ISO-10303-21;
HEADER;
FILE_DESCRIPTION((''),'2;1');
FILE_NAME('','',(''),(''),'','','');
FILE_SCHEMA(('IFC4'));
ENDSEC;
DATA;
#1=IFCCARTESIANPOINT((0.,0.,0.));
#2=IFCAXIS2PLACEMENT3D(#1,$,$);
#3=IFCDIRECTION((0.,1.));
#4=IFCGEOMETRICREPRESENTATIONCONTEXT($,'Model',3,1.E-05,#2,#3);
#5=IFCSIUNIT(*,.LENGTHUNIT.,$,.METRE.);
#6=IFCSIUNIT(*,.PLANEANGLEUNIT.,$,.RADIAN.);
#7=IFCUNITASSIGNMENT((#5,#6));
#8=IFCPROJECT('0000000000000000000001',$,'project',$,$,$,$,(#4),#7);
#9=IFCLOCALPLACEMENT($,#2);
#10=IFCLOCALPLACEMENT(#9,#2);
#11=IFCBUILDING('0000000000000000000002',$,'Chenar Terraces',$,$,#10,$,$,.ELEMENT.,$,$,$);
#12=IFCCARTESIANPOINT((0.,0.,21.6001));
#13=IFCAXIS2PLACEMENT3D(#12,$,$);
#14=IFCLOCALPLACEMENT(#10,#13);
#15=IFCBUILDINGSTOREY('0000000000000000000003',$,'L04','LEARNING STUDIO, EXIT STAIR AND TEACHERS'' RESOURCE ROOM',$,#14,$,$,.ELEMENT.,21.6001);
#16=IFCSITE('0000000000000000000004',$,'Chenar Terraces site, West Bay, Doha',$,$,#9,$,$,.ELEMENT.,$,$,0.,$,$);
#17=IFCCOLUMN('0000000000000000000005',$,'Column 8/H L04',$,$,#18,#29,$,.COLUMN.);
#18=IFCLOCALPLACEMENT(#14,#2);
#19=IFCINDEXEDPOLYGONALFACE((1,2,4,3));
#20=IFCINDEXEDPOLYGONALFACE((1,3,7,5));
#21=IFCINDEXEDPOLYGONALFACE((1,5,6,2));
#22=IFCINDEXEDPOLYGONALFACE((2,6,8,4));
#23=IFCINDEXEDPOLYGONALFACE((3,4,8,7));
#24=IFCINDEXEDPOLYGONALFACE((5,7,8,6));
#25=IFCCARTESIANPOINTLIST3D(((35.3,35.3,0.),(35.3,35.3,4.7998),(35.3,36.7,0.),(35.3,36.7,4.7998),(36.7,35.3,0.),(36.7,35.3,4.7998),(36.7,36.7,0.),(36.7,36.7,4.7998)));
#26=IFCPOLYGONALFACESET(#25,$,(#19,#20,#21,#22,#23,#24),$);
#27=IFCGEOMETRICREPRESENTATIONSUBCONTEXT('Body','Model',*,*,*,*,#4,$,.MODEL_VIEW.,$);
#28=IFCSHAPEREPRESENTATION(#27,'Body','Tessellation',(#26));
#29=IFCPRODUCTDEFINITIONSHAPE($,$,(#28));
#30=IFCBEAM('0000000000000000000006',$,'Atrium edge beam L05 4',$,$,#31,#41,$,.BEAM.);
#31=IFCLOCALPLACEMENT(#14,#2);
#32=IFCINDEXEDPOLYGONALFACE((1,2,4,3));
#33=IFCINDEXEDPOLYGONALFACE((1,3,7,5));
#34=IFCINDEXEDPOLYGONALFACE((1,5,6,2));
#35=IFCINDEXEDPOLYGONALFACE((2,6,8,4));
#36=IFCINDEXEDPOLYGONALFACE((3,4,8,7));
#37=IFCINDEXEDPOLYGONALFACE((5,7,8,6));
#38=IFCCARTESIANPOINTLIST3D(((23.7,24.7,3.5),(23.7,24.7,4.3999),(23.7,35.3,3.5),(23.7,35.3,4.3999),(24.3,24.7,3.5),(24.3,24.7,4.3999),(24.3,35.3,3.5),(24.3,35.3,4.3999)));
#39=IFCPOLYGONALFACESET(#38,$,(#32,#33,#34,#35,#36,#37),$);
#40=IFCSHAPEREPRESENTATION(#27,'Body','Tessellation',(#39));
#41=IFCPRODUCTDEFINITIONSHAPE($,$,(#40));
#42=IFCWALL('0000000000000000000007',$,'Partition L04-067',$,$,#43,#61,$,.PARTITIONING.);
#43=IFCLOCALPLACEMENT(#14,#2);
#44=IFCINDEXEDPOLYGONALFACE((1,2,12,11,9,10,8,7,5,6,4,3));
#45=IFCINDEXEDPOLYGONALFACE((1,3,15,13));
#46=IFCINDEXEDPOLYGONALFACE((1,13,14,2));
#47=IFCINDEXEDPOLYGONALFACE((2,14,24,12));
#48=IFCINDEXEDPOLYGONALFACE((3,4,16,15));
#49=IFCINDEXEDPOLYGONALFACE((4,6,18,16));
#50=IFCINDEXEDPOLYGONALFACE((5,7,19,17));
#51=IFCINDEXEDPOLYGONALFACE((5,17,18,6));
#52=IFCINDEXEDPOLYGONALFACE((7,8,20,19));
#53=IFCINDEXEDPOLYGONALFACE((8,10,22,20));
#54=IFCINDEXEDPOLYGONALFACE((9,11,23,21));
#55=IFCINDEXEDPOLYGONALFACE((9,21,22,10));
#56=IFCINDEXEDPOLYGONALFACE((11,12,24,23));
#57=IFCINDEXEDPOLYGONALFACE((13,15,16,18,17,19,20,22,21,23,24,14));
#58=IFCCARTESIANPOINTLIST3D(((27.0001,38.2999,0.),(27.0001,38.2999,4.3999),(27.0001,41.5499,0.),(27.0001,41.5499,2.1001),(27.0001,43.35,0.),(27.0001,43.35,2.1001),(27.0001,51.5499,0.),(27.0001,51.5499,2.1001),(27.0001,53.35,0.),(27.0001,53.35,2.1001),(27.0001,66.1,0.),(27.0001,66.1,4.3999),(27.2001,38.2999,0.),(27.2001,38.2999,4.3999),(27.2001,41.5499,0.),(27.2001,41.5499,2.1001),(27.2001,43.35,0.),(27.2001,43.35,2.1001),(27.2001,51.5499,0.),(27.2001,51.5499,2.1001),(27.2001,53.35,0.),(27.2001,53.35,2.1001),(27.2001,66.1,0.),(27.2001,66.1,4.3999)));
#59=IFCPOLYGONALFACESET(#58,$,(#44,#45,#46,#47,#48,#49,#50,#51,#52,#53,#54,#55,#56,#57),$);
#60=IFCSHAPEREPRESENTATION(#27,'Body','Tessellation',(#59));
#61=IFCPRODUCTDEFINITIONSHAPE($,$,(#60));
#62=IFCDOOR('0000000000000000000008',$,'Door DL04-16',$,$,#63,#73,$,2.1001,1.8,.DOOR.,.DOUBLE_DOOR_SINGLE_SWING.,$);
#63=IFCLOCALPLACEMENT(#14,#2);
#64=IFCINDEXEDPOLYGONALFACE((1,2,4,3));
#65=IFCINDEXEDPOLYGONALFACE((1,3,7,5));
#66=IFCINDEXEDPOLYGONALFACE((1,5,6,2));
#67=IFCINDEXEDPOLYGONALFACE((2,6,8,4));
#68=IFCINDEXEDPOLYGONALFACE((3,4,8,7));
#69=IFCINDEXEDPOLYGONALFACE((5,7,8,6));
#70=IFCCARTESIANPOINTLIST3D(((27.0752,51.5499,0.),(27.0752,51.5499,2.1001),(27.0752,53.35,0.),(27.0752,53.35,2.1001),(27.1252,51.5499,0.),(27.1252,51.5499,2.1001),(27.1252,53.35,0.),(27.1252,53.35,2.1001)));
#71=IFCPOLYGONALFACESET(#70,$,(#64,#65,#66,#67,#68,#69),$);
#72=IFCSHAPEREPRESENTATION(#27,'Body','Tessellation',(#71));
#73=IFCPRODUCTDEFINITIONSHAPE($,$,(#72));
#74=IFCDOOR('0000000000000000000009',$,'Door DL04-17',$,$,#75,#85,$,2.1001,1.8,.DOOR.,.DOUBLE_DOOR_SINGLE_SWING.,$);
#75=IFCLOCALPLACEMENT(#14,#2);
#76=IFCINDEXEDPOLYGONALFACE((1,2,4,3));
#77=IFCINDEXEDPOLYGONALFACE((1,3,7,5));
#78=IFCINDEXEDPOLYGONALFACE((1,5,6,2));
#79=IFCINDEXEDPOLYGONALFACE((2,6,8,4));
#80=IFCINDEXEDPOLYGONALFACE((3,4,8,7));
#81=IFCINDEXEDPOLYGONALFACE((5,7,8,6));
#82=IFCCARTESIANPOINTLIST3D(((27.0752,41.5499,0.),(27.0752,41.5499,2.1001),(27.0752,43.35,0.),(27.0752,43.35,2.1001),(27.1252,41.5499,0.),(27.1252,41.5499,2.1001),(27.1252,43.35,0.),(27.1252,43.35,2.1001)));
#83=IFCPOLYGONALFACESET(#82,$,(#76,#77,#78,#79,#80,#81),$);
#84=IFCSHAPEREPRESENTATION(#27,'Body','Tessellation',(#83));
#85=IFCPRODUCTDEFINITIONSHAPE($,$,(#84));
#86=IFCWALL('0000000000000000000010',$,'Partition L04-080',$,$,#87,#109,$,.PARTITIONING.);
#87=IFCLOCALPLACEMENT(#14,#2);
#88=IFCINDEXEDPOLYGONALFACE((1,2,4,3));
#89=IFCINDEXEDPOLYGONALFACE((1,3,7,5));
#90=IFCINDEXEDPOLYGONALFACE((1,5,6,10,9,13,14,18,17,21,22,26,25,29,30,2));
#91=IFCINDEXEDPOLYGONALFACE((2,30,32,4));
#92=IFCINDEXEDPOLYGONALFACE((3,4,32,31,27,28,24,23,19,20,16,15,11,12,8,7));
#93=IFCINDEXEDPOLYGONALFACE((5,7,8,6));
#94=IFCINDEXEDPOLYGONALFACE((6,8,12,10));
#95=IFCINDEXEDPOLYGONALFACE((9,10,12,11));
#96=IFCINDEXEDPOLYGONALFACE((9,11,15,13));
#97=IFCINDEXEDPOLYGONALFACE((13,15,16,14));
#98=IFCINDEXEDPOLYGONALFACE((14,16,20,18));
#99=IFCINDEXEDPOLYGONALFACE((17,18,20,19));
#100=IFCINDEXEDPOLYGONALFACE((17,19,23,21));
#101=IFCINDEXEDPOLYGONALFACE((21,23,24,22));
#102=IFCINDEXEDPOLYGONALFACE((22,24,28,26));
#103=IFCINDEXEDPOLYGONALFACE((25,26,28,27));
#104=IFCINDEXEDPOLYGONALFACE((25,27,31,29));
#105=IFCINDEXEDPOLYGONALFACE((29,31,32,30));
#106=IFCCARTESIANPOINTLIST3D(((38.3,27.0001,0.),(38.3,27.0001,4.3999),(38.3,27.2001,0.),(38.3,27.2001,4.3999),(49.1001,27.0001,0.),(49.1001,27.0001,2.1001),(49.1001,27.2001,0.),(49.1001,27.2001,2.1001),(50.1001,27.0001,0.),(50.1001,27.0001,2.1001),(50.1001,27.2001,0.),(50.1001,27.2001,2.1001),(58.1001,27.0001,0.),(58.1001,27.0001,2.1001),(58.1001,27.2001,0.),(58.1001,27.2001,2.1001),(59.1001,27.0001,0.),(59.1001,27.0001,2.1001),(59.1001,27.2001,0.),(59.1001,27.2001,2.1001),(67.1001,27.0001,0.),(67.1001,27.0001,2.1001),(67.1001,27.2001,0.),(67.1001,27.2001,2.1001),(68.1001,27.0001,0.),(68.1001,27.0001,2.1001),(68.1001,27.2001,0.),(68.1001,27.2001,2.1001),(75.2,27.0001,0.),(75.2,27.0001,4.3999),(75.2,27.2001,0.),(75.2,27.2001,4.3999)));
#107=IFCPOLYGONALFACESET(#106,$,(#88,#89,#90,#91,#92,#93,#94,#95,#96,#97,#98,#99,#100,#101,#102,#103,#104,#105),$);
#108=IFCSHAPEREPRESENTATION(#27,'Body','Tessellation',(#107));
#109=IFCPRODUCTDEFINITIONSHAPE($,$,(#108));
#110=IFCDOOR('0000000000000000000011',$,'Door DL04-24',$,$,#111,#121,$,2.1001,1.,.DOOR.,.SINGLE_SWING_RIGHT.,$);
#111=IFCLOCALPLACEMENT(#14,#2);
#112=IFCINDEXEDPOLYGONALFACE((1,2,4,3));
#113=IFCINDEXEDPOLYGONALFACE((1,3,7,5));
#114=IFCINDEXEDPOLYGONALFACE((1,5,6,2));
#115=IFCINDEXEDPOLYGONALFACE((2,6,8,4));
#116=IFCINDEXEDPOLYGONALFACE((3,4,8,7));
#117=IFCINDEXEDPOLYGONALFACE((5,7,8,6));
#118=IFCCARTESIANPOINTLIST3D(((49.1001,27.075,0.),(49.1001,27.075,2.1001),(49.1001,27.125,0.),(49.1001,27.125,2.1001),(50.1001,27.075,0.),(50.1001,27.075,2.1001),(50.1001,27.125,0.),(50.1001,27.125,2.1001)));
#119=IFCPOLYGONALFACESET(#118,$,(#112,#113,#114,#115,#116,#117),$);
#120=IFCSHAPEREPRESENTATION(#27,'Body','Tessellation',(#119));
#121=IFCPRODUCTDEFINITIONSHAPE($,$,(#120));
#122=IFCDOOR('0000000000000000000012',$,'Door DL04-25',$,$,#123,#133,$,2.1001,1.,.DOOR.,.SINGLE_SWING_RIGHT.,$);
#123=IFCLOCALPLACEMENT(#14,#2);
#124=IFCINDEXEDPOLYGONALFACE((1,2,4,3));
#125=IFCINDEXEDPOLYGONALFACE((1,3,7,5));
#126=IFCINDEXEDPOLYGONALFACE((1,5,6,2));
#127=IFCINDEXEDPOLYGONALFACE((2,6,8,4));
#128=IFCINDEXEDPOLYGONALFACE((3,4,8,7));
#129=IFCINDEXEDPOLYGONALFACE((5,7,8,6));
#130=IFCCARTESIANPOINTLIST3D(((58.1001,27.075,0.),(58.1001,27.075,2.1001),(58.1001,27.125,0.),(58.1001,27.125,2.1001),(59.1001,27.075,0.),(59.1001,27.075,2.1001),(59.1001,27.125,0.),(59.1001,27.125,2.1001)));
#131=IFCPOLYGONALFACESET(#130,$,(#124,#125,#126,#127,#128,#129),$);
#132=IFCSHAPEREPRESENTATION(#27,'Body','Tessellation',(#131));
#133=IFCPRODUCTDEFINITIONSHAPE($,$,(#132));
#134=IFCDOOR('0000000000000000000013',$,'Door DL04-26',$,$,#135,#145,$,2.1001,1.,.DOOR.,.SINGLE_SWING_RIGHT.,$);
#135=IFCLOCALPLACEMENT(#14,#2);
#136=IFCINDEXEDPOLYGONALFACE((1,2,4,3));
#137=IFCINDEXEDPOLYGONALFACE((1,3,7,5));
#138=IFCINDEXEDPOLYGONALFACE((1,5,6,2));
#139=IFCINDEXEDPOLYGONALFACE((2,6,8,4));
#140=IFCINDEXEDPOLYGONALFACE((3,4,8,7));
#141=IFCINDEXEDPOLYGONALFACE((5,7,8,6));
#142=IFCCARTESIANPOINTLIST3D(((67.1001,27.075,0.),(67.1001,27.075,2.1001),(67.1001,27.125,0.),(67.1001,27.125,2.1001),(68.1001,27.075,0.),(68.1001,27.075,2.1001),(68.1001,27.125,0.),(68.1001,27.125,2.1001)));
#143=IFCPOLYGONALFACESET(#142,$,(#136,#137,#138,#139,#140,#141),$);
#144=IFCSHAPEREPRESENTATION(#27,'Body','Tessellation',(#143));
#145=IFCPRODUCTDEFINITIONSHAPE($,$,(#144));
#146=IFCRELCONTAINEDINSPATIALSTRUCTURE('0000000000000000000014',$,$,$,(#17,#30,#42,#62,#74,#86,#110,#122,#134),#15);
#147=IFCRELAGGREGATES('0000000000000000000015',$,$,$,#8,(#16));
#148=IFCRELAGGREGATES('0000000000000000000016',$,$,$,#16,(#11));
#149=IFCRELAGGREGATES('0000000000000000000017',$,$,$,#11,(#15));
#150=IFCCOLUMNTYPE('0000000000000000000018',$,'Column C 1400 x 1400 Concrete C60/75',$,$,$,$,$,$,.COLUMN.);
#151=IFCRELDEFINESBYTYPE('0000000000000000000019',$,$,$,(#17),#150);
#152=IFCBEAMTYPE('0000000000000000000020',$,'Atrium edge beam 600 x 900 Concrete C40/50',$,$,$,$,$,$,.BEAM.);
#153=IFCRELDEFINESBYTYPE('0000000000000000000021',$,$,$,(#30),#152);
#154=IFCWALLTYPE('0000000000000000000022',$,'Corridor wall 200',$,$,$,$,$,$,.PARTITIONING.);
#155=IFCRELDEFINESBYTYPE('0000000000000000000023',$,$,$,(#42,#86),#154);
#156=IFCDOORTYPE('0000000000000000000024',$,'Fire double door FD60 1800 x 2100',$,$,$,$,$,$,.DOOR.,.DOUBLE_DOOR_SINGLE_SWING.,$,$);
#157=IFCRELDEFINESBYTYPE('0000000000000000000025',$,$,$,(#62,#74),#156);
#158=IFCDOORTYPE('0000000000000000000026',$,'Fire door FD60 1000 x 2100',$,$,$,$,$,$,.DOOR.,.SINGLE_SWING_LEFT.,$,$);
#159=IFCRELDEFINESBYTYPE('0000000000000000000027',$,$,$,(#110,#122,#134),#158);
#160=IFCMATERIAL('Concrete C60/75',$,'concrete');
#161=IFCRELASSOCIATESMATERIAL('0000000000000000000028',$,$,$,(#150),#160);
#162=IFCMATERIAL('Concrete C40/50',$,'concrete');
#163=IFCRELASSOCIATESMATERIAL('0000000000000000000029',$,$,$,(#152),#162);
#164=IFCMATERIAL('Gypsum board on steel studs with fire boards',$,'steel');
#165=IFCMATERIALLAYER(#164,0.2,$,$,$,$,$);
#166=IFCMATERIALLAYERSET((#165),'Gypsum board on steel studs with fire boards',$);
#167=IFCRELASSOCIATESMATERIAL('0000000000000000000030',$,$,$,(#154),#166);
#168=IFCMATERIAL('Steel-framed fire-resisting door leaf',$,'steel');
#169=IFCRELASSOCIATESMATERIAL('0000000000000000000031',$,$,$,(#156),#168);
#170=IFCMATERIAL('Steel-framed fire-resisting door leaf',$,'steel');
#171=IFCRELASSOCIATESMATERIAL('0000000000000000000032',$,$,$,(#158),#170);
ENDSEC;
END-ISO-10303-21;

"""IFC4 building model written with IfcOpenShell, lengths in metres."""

from ifc_helpers import new_model, si_unit, direction, frame, frame_2d, origin, origin_2d, place, context, subcontext, project, spatial, rectangle, extrude, material, layer, layer_set, material_profile, profile_set, type_object, element, fill, save


model = new_model("IFC4")

# Units and contexts
model_context = context("Model", 3, precision=1e-05, world=origin(), true_north=direction((0.0, 1.0)))
body_context = subcontext(model_context, "Body", "Model", "MODEL_VIEW")
ifc_project = project(units=[si_unit("LENGTHUNIT", "METRE"), si_unit("PLANEANGLEUNIT", "RADIAN")], contexts=[model_context])

# Site, building, storey
site_placement = place(None, origin())
site = spatial("IfcSite", under=ifc_project, at=site_placement, Name="Chenar Terraces site, West Bay, Doha", CompositionType="ELEMENT", RefElevation=0.0)
building_placement = place(site_placement, origin())
building = spatial("IfcBuilding", under=site, at=building_placement, Name="Chenar Terraces", CompositionType="ELEMENT")
storey_placement = place(building_placement, frame((0.0, 0.0, 21.6001)))
storey = spatial("IfcBuildingStorey", under=building, at=storey_placement, Name="L04", Description="LEARNING STUDIO, EXIT STAIR AND TEACHERS' RESOURCE ROOM", CompositionType="ELEMENT", Elevation=21.6001)

# Column
ifc_material_1 = material(Name="Concrete C60/75", Category="concrete")
ifc_material_profile_1 = material_profile(ifc_material_1, rectangle(XDim=1.3999, YDim=1.3999, at=origin_2d()), Name="C 1400 x 1400")
ifc_profile_set_1 = profile_set([ifc_material_profile_1], Name="Concrete C60/75")
column_type = type_object("IfcColumnType", Name="Column C 1400 x 1400 Concrete C60/75", PredefinedType="COLUMN", material=ifc_profile_set_1)
column_placement = place(storey_placement, frame((36.0, 36.0, 0.0), z_axis=(0.0, 0.0, 1.0), x_axis=(1.0, 0.0, 0.0)))
element("IfcColumn", 1, at=column_placement, inside=storey, type_object=column_type, Name="Column 8/H L04", PredefinedType="COLUMN", context=body_context, shape_type="SweptSolid", body=[
    extrude(rectangle(XDim=1.3999, YDim=1.3999, at=origin_2d()), origin(), (0.0, 0.0, 1.0), 4.7998),
])

# Beam
ifc_material_2 = material(Name="Concrete C40/50", Category="concrete")
ifc_material_profile_2 = material_profile(ifc_material_2, rectangle(XDim=0.6001, YDim=0.8999, at=origin_2d()), Name="RC 600 x 900")
ifc_profile_set_2 = profile_set([ifc_material_profile_2], Name="Concrete C40/50")
beam_type = type_object("IfcBeamType", Name="Atrium edge beam 600 x 900 Concrete C40/50", PredefinedType="BEAM", material=ifc_profile_set_2)
beam_placement = place(storey_placement, frame((24.0, 35.3, 3.95), z_axis=(0.0, -1.0, 0.0), x_axis=(1.0, 0.0, 0.0)))
element("IfcBeam", 2, at=beam_placement, inside=storey, type_object=beam_type, Name="Atrium edge beam L05 4", PredefinedType="BEAM", context=body_context, shape_type="SweptSolid", body=[
    extrude(rectangle(XDim=0.6001, YDim=0.8999, at=origin_2d()), origin(), (0.0, 0.0, 1.0), 10.6001),
])

# Walls, openings, doors
ifc_material_3 = material(Name="Gypsum board on steel studs with fire boards", Category="steel")
ifc_layer_1 = layer(ifc_material_3, 0.2)
ifc_layer_set_1 = layer_set([ifc_layer_1], Name="Gypsum board on steel studs with fire boards")
wall_type_1 = type_object("IfcWallType", Name="Corridor wall 200", PredefinedType="PARTITIONING", material=ifc_layer_set_1)
wall_1_placement = place(storey_placement, frame((27.1001, 38.3, 0.0), z_axis=(0.0, 0.0, 1.0), x_axis=(0.0, 1.0, 0.0)))
wall_1 = element("IfcWall", 3, at=wall_1_placement, inside=storey, type_object=wall_type_1, Name="Partition L04-067", PredefinedType="PARTITIONING", context=body_context, shape_type="SweptSolid", body=[
    extrude(rectangle(XDim=27.8, YDim=0.2, at=frame_2d((13.8999, 0.0))), origin(), (0.0, 0.0, 1.0), 4.3999),
])
opening_1_placement = place(wall_1_placement, frame((13.25, 0.0, 0.0)))
opening_1 = element("IfcOpeningElement", 4, at=opening_1_placement, cuts=wall_1, PredefinedType="OPENING", context=body_context, shape_type="SweptSolid", body=[
    extrude(rectangle(XDim=1.8, YDim=2.1001, at=frame_2d((0.8999, 1.05))), frame((0.0, 0.1099, 0.0), z_axis=(0.0, -1.0, 0.0), x_axis=(1.0, 0.0, 0.0)), (0.0, 0.0, 1.0), 0.22),
])
opening_2_placement = place(wall_1_placement, frame((3.25, 0.0, 0.0)))
opening_2 = element("IfcOpeningElement", 5, at=opening_2_placement, cuts=wall_1, PredefinedType="OPENING", context=body_context, shape_type="SweptSolid", body=[
    extrude(rectangle(XDim=1.8, YDim=2.1001, at=frame_2d((0.8999, 1.05))), frame((0.0, 0.1099, 0.0), z_axis=(0.0, -1.0, 0.0), x_axis=(1.0, 0.0, 0.0)), (0.0, 0.0, 1.0), 0.22),
])
ifc_material_4 = material(Name="Steel-framed fire-resisting door leaf", Category="steel")
door_type_1 = type_object("IfcDoorType", Name="Fire double door FD60 1800 x 2100", OperationType="DOUBLE_DOOR_SINGLE_SWING", PredefinedType="DOOR", material=ifc_material_4)
door_1_placement = place(opening_1_placement, origin())
door_1 = element("IfcDoor", 6, at=door_1_placement, inside=storey, type_object=door_type_1, Name="Door DL04-16", OperationType="DOUBLE_DOOR_SINGLE_SWING", OverallHeight=2.1001, OverallWidth=1.8, PredefinedType="DOOR", context=body_context, shape_type="SweptSolid", body=[
    extrude(rectangle(XDim=1.8, YDim=2.1001, at=frame_2d((0.8999, 1.05))), frame((0.0, 0.0249, 0.0), z_axis=(0.0, -1.0, 0.0), x_axis=(1.0, 0.0, 0.0)), (0.0, 0.0, 1.0), 0.05),
])
fill(opening_1, door_1)
door_2_placement = place(opening_2_placement, origin())
door_2 = element("IfcDoor", 7, at=door_2_placement, inside=storey, type_object=door_type_1, Name="Door DL04-17", OperationType="DOUBLE_DOOR_SINGLE_SWING", OverallHeight=2.1001, OverallWidth=1.8, PredefinedType="DOOR", context=body_context, shape_type="SweptSolid", body=[
    extrude(rectangle(XDim=1.8, YDim=2.1001, at=frame_2d((0.8999, 1.05))), frame((0.0, 0.0249, 0.0), z_axis=(0.0, -1.0, 0.0), x_axis=(1.0, 0.0, 0.0)), (0.0, 0.0, 1.0), 0.05),
])
fill(opening_2, door_2)
wall_2_placement = place(storey_placement, frame((38.3, 27.1001, 0.0), z_axis=(0.0, 0.0, 1.0), x_axis=(1.0, 0.0, 0.0)))
wall_2 = element("IfcWall", 8, at=wall_2_placement, inside=storey, type_object=wall_type_1, Name="Partition L04-080", PredefinedType="PARTITIONING", context=body_context, shape_type="SweptSolid", body=[
    extrude(rectangle(XDim=36.8999, YDim=0.2, at=frame_2d((18.45, 0.0))), origin(), (0.0, 0.0, 1.0), 4.3999),
])
opening_3_placement = place(wall_2_placement, frame((10.8, 0.0, 0.0)))
opening_3 = element("IfcOpeningElement", 9, at=opening_3_placement, cuts=wall_2, PredefinedType="OPENING", context=body_context, shape_type="SweptSolid", body=[
    extrude(rectangle(XDim=1.0, YDim=2.1001, at=frame_2d((0.5, 1.05))), frame((0.0, 0.1099, 0.0), z_axis=(0.0, -1.0, 0.0), x_axis=(1.0, 0.0, 0.0)), (0.0, 0.0, 1.0), 0.22),
])
opening_4_placement = place(wall_2_placement, frame((19.8, 0.0, 0.0)))
opening_4 = element("IfcOpeningElement", 10, at=opening_4_placement, cuts=wall_2, PredefinedType="OPENING", context=body_context, shape_type="SweptSolid", body=[
    extrude(rectangle(XDim=1.0, YDim=2.1001, at=frame_2d((0.5, 1.05))), frame((0.0, 0.1099, 0.0), z_axis=(0.0, -1.0, 0.0), x_axis=(1.0, 0.0, 0.0)), (0.0, 0.0, 1.0), 0.22),
])
opening_5_placement = place(wall_2_placement, frame((28.8, 0.0, 0.0)))
opening_5 = element("IfcOpeningElement", 11, at=opening_5_placement, cuts=wall_2, PredefinedType="OPENING", context=body_context, shape_type="SweptSolid", body=[
    extrude(rectangle(XDim=1.0, YDim=2.1001, at=frame_2d((0.5, 1.05))), frame((0.0, 0.1099, 0.0), z_axis=(0.0, -1.0, 0.0), x_axis=(1.0, 0.0, 0.0)), (0.0, 0.0, 1.0), 0.22),
])
ifc_material_5 = material(Name="Steel-framed fire-resisting door leaf", Category="steel")
door_type_2 = type_object("IfcDoorType", Name="Fire door FD60 1000 x 2100", OperationType="SINGLE_SWING_LEFT", PredefinedType="DOOR", material=ifc_material_5)
door_3_placement = place(opening_3_placement, origin())
door_3 = element("IfcDoor", 12, at=door_3_placement, inside=storey, type_object=door_type_2, Name="Door DL04-24", OperationType="SINGLE_SWING_RIGHT", OverallHeight=2.1001, OverallWidth=1.0, PredefinedType="DOOR", context=body_context, shape_type="SweptSolid", body=[
    extrude(rectangle(XDim=1.0, YDim=2.1001, at=frame_2d((0.5, 1.05))), frame((0.0, 0.0249, 0.0), z_axis=(0.0, -1.0, 0.0), x_axis=(1.0, 0.0, 0.0)), (0.0, 0.0, 1.0), 0.05),
])
fill(opening_3, door_3)
door_4_placement = place(opening_4_placement, origin())
door_4 = element("IfcDoor", 13, at=door_4_placement, inside=storey, type_object=door_type_2, Name="Door DL04-25", OperationType="SINGLE_SWING_RIGHT", OverallHeight=2.1001, OverallWidth=1.0, PredefinedType="DOOR", context=body_context, shape_type="SweptSolid", body=[
    extrude(rectangle(XDim=1.0, YDim=2.1001, at=frame_2d((0.5, 1.05))), frame((0.0, 0.0249, 0.0), z_axis=(0.0, -1.0, 0.0), x_axis=(1.0, 0.0, 0.0)), (0.0, 0.0, 1.0), 0.05),
])
fill(opening_4, door_4)
door_5_placement = place(opening_5_placement, origin())
door_5 = element("IfcDoor", 14, at=door_5_placement, inside=storey, type_object=door_type_2, Name="Door DL04-26", OperationType="SINGLE_SWING_RIGHT", OverallHeight=2.1001, OverallWidth=1.0, PredefinedType="DOOR", context=body_context, shape_type="SweptSolid", body=[
    extrude(rectangle(XDim=1.0, YDim=2.1001, at=frame_2d((0.5, 1.05))), frame((0.0, 0.0249, 0.0), z_axis=(0.0, -1.0, 0.0), x_axis=(1.0, 0.0, 0.0)), (0.0, 0.0, 1.0), 0.05),
])
fill(opening_5, door_5)

save(model, "model.ifc")
